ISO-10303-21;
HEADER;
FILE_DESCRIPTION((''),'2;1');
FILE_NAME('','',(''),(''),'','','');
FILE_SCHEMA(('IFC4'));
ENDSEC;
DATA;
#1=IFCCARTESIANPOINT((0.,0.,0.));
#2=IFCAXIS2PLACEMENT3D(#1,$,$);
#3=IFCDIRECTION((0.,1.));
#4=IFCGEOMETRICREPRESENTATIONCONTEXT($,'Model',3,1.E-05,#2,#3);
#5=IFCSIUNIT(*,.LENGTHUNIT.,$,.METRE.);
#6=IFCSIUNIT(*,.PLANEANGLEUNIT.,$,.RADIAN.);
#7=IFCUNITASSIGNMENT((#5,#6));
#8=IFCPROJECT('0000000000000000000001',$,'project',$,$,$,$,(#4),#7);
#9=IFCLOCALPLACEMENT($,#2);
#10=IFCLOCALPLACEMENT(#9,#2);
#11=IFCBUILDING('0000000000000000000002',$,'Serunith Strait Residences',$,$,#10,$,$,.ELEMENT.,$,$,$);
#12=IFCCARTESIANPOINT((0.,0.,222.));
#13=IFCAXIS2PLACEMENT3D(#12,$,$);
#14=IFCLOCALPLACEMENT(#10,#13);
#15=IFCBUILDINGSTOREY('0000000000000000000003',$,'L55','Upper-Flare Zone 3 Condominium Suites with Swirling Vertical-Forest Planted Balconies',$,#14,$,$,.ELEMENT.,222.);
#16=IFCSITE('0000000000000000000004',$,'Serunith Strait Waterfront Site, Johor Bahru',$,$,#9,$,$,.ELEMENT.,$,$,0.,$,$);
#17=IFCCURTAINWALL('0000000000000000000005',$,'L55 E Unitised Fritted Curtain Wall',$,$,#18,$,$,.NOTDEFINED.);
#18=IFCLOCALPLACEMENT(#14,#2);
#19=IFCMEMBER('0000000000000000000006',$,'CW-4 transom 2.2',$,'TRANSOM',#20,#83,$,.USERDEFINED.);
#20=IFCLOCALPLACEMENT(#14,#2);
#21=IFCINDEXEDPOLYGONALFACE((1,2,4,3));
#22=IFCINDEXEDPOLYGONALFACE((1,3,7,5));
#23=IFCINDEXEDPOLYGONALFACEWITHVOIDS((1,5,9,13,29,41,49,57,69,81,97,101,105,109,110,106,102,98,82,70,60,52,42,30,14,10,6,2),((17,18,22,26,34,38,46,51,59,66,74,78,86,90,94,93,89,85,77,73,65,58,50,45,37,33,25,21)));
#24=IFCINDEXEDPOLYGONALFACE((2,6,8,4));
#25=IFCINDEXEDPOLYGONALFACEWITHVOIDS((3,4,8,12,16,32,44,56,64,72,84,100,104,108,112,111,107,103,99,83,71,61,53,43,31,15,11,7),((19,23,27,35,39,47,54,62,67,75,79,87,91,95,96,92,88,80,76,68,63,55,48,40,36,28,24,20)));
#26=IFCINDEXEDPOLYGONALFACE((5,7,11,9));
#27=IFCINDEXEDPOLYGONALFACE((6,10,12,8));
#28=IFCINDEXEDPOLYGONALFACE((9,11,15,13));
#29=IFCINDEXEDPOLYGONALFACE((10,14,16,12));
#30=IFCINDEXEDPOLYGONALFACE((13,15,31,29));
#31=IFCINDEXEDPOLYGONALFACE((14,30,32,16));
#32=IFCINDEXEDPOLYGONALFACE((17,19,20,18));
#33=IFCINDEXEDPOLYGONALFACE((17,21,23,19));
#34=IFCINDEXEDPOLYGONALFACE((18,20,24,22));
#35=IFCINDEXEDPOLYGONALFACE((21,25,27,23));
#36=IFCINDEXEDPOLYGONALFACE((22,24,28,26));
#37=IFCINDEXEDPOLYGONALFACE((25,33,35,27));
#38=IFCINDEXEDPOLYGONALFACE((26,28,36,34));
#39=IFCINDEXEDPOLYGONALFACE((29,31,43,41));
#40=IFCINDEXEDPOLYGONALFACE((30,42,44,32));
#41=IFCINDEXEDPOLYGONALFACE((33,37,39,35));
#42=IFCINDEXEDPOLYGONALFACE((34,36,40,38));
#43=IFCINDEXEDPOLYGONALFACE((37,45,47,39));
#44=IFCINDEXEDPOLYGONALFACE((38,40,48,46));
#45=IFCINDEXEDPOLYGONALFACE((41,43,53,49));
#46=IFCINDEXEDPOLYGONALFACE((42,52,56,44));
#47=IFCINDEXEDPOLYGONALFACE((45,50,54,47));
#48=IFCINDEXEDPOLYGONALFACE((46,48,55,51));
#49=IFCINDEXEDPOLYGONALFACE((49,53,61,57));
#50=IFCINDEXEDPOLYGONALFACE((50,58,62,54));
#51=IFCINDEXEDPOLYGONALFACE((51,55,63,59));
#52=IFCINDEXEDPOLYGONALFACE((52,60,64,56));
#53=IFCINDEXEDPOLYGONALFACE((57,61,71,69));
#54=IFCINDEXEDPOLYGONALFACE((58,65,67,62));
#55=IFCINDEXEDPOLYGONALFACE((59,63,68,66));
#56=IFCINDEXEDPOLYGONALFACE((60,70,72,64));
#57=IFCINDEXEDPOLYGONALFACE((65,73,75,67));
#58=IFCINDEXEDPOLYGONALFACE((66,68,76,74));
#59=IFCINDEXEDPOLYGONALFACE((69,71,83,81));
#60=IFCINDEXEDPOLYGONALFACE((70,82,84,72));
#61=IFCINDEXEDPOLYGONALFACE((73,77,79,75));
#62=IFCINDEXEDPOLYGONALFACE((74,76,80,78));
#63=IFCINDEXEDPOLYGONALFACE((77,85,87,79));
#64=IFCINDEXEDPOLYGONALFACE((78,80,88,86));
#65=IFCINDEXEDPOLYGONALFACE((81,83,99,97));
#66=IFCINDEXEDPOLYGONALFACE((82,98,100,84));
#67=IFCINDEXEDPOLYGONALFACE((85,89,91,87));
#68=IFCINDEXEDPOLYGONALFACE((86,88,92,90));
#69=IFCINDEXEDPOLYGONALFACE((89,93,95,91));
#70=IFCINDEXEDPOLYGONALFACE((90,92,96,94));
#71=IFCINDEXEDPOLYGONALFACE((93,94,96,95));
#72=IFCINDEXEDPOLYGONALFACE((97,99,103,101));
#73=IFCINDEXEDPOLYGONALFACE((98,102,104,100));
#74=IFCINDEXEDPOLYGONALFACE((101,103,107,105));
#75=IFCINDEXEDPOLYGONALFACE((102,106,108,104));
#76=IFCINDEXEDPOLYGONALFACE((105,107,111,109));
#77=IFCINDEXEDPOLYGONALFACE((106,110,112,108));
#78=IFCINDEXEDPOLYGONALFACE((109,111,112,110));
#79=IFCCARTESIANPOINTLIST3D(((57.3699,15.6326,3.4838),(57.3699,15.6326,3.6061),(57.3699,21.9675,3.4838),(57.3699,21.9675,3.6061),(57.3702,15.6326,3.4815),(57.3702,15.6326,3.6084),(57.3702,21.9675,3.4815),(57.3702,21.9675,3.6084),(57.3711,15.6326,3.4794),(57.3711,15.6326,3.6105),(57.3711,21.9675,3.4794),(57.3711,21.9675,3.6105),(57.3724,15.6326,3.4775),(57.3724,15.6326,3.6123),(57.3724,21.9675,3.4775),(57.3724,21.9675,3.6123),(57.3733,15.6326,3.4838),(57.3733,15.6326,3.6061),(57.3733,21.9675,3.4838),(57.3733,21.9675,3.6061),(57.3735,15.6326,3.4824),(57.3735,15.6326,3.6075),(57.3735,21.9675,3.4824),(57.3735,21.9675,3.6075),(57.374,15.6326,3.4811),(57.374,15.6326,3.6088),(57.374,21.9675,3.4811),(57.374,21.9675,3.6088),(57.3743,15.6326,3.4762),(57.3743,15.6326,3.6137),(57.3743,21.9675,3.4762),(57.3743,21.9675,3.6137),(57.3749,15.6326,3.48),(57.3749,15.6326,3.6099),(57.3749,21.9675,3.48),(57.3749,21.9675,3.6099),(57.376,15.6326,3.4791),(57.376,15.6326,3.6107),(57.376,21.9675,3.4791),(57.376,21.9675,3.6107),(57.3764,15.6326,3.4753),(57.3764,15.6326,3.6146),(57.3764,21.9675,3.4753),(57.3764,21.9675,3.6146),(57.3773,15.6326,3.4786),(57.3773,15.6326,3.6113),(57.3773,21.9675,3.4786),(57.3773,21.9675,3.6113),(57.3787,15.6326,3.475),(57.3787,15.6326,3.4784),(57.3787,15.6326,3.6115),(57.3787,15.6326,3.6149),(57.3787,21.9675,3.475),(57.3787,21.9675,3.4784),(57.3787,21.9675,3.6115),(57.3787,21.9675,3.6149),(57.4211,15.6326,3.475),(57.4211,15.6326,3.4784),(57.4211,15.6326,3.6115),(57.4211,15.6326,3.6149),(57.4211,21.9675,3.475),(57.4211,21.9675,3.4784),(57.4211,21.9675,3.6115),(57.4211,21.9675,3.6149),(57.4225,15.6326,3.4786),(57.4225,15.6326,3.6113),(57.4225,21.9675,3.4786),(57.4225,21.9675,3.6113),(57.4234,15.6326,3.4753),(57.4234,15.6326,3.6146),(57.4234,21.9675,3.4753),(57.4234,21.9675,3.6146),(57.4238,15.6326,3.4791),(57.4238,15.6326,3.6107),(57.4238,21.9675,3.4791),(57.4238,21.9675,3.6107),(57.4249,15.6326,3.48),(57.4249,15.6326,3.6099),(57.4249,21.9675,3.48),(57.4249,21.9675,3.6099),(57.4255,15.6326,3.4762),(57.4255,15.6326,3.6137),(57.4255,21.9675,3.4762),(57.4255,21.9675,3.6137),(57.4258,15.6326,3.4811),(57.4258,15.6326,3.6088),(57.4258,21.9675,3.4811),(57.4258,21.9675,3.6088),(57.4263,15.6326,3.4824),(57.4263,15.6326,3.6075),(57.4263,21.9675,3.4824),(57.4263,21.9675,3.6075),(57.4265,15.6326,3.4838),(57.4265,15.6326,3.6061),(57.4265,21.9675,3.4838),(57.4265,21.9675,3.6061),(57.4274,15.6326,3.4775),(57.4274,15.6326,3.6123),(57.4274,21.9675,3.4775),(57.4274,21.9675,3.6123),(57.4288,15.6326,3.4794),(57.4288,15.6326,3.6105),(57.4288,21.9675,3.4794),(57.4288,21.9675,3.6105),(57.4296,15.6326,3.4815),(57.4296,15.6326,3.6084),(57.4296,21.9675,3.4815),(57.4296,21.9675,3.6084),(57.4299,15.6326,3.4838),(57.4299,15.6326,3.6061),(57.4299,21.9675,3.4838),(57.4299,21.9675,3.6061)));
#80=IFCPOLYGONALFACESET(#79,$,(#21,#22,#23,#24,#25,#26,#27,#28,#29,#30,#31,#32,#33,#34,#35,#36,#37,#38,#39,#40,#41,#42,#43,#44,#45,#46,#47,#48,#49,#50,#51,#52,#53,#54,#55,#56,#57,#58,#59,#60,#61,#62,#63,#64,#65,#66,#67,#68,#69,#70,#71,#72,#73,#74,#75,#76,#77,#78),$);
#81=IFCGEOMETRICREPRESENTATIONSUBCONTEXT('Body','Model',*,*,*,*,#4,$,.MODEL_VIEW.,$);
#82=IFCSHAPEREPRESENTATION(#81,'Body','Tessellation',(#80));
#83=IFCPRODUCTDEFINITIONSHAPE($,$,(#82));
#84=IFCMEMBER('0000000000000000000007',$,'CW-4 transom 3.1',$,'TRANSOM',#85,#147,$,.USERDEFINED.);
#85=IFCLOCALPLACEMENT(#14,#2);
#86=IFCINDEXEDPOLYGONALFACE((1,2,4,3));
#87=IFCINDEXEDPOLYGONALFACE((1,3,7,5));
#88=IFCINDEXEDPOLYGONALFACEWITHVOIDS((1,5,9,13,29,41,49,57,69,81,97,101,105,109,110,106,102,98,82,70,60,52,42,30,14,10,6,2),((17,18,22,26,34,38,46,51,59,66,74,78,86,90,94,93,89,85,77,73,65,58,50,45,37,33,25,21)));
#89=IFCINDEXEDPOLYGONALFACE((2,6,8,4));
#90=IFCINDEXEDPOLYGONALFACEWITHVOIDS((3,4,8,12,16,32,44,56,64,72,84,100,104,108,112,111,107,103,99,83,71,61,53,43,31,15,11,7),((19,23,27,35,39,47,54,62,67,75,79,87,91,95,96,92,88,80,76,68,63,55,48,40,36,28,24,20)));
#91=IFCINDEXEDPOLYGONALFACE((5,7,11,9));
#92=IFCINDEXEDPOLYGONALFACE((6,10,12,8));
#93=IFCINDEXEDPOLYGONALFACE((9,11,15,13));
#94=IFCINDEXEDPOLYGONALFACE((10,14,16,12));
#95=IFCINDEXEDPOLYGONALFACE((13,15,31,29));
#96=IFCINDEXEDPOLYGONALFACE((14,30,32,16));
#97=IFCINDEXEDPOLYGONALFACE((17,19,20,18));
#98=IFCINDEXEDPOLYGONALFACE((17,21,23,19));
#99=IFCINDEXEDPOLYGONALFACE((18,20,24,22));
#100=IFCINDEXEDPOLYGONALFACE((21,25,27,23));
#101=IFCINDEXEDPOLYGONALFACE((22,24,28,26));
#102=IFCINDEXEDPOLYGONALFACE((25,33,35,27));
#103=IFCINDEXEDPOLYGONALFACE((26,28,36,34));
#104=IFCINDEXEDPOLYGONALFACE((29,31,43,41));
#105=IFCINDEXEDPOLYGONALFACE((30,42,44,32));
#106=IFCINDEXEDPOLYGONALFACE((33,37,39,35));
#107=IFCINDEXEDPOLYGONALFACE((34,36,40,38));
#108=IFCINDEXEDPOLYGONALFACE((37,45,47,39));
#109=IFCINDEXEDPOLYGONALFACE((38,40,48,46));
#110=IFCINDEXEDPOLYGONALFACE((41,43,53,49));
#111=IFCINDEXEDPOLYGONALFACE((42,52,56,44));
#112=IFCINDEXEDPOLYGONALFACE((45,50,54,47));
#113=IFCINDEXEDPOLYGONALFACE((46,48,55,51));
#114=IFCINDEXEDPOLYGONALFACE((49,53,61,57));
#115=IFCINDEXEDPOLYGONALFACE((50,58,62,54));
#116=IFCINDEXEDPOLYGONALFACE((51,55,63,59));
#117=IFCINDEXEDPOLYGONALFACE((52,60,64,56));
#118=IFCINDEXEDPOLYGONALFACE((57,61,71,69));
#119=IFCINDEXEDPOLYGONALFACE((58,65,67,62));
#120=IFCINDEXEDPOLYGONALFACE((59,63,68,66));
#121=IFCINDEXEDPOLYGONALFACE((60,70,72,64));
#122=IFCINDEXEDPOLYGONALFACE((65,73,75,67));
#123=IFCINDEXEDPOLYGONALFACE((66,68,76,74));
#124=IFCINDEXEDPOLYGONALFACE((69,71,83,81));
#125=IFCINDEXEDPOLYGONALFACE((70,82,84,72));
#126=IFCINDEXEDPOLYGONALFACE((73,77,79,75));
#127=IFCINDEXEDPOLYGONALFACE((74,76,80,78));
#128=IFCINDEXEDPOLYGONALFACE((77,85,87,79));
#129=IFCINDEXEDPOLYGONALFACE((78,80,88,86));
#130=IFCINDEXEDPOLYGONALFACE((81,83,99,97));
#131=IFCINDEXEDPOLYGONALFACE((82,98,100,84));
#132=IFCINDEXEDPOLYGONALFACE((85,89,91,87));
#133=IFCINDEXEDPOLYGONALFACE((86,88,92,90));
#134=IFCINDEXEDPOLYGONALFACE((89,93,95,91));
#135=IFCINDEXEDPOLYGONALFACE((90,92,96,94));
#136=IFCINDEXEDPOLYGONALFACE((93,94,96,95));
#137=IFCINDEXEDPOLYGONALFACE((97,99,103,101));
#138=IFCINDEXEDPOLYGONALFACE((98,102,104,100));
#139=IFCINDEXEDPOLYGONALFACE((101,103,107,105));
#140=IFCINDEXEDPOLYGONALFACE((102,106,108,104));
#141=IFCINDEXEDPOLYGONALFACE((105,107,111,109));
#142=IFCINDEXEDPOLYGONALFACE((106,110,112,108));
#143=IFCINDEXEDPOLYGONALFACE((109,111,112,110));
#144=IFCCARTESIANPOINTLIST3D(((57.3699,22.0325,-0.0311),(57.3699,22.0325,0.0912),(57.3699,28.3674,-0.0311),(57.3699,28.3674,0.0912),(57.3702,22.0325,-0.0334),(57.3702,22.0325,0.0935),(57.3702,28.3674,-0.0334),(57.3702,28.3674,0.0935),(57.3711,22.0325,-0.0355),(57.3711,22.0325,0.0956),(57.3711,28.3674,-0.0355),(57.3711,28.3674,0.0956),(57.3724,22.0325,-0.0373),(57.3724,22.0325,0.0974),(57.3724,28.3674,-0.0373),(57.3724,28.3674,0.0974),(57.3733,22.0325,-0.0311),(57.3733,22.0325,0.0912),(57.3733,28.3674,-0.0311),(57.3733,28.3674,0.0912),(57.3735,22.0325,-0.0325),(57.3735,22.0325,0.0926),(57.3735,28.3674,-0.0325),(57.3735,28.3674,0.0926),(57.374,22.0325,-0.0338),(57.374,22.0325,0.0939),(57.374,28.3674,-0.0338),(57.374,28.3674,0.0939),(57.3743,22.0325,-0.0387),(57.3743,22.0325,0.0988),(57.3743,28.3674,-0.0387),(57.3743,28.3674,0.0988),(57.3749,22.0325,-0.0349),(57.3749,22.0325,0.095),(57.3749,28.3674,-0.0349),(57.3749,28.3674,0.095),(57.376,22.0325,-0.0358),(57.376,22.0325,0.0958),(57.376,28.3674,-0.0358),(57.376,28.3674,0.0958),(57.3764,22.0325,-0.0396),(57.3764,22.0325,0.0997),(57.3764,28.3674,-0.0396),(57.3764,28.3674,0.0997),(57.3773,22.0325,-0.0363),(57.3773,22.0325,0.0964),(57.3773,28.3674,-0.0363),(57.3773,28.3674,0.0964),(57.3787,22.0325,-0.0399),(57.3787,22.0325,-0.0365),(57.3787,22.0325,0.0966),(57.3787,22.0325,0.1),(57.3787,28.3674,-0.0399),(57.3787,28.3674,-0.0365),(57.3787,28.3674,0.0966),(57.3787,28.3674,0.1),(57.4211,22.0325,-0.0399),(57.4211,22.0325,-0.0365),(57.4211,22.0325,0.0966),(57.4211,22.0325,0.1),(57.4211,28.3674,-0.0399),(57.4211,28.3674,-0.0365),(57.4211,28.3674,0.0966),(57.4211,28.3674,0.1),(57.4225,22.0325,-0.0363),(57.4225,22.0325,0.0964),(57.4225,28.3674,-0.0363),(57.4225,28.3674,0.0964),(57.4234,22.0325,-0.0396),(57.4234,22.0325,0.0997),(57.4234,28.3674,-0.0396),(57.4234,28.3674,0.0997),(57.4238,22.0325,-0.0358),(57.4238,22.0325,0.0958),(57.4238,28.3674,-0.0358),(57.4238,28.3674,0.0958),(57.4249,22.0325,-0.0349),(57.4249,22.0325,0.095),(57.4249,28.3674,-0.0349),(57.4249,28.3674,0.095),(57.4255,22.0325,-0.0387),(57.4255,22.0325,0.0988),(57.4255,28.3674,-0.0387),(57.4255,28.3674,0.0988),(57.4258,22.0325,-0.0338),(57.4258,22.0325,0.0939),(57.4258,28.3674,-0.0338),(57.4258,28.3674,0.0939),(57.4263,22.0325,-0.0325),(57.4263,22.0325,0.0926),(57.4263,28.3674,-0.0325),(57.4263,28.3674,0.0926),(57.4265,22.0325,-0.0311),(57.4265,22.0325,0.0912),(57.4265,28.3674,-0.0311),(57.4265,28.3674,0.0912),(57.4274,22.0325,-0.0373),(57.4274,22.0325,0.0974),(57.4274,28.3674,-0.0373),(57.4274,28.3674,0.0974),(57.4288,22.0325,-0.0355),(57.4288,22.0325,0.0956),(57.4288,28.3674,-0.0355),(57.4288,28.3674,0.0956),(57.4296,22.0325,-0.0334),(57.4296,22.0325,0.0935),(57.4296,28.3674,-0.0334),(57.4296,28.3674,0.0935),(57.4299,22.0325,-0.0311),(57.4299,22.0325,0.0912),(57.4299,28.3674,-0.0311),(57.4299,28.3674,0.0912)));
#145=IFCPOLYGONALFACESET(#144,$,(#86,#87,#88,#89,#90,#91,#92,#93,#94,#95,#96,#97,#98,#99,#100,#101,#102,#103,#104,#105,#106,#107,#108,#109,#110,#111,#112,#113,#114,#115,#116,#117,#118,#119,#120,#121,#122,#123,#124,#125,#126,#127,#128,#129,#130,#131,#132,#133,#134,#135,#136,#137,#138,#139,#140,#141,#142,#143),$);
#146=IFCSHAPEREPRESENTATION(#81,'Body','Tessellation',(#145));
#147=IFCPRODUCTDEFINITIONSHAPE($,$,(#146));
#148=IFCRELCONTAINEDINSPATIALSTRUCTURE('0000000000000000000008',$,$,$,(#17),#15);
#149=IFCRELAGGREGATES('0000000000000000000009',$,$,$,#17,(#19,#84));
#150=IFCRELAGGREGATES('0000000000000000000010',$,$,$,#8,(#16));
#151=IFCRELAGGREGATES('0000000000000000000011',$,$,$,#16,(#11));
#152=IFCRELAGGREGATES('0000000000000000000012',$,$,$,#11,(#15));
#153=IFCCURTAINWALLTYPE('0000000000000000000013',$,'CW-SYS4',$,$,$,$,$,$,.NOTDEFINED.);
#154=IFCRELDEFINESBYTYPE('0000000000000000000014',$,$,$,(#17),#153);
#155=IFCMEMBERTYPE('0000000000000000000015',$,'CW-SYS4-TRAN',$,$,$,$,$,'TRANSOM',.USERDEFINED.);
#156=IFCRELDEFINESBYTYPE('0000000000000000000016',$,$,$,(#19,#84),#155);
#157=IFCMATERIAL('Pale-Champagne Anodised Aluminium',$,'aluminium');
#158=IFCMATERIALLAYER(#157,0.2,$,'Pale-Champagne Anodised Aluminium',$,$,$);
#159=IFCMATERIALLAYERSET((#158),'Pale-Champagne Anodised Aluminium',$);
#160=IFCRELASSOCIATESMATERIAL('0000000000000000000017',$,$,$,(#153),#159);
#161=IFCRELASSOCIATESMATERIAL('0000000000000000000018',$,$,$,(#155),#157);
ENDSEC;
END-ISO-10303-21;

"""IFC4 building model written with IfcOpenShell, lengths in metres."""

from ifc_helpers import new_model, si_unit, direction, frame, origin, origin_2d, place, context, subcontext, project, spatial, hollow_rectangle, extrude, source, transform, mapped, material, layer, layer_set, material_profile, profile_set, type_object, element, aggregate, save


model = new_model("IFC4")

# Units and contexts
model_context = context("Model", 3, precision=1e-05, world=origin(), true_north=direction((0.0, 1.0)))
body_context = subcontext(model_context, "Body", "Model", "MODEL_VIEW")
ifc_project = project(units=[si_unit("LENGTHUNIT", "METRE"), si_unit("PLANEANGLEUNIT", "RADIAN")], contexts=[model_context])

# Site, building, storey
site_placement = place(None, origin())
site = spatial("IfcSite", under=ifc_project, at=site_placement, Name="Serunith Strait Waterfront Site, Johor Bahru", CompositionType="ELEMENT", RefElevation=0.0)
building_placement = place(site_placement, origin())
building = spatial("IfcBuilding", under=site, at=building_placement, Name="Serunith Strait Residences", CompositionType="ELEMENT")
storey_placement = place(building_placement, frame((0.0, 0.0, 222.0)))
storey = spatial("IfcBuildingStorey", under=building, at=storey_placement, Name="L55", Description="Upper-Flare Zone 3 Condominium Suites with Swirling Vertical-Forest Planted Balconies", CompositionType="ELEMENT", Elevation=222.0)

# Curtain wall, members
ifc_material_1 = material(Name="Pale-Champagne Anodised Aluminium", Category="aluminium")
ifc_layer_1 = layer(ifc_material_1, 0.2, Name="Pale-Champagne Anodised Aluminium")
ifc_layer_set_1 = layer_set([ifc_layer_1], Name="Pale-Champagne Anodised Aluminium")
curtain_wall_type = type_object("IfcCurtainWallType", Name="CW-SYS4", PredefinedType="NOTDEFINED", material=ifc_layer_set_1)
curtain_wall_placement = place(storey_placement, origin())
curtain_wall = element("IfcCurtainWall", 1, at=curtain_wall_placement, inside=storey, type_object=curtain_wall_type, Name="L55 E Unitised Fritted Curtain Wall", PredefinedType="NOTDEFINED")
ifc_material_profile_1 = material_profile(ifc_material_1, hollow_rectangle(XDim=0.0601, YDim=0.1399, WallThickness=0.0034, InnerFilletRadius=0.0054, OuterFilletRadius=0.0088, at=origin_2d()), Name="ALU 140x60x3.5")
ifc_profile_set_1 = profile_set([ifc_material_profile_1], Name="Pale-Champagne Anodised Aluminium")
member_type_1 = type_object("IfcMemberType", Name="CW-SYS4-TRAN", ElementType="TRANSOM", PredefinedType="USERDEFINED", material=ifc_profile_set_1)
shared_shape_1 = source(origin(), body_context, "Body", "SweptSolid", [
    extrude(hollow_rectangle(XDim=0.0601, YDim=0.1399, WallThickness=0.0034, InnerFilletRadius=0.0054, OuterFilletRadius=0.0088, at=origin_2d()), origin(), (0.0, 0.0, 1.0), 6.335),
])
member_1_placement = place(storey_placement, frame((57.3999, 15.6326, 3.5449), z_axis=(0.0, 1.0, 0.0), x_axis=(-1.0, 0.0, 0.0)))
member_1 = element("IfcMember", 2, at=member_1_placement, type_object=member_type_1, Name="CW-4 transom 2.2", ObjectType="TRANSOM", PredefinedType="USERDEFINED", context=body_context, shape_type="MappedRepresentation", body=[
    mapped(shared_shape_1, transform((0.0, 0.0, 0.0), scale=1.0)),
])
member_2_placement = place(storey_placement, frame((57.3999, 22.0325, 0.03), z_axis=(0.0, 1.0, 0.0), x_axis=(-1.0, 0.0, 0.0)))
member_2 = element("IfcMember", 3, at=member_2_placement, type_object=member_type_1, Name="CW-4 transom 3.1", ObjectType="TRANSOM", PredefinedType="USERDEFINED", context=body_context, shape_type="MappedRepresentation", body=[
    mapped(shared_shape_1, transform((0.0, 0.0, 0.0), scale=1.0)),
])
aggregate(curtain_wall, [member_1, member_2])

save(model, "model.ifc")
